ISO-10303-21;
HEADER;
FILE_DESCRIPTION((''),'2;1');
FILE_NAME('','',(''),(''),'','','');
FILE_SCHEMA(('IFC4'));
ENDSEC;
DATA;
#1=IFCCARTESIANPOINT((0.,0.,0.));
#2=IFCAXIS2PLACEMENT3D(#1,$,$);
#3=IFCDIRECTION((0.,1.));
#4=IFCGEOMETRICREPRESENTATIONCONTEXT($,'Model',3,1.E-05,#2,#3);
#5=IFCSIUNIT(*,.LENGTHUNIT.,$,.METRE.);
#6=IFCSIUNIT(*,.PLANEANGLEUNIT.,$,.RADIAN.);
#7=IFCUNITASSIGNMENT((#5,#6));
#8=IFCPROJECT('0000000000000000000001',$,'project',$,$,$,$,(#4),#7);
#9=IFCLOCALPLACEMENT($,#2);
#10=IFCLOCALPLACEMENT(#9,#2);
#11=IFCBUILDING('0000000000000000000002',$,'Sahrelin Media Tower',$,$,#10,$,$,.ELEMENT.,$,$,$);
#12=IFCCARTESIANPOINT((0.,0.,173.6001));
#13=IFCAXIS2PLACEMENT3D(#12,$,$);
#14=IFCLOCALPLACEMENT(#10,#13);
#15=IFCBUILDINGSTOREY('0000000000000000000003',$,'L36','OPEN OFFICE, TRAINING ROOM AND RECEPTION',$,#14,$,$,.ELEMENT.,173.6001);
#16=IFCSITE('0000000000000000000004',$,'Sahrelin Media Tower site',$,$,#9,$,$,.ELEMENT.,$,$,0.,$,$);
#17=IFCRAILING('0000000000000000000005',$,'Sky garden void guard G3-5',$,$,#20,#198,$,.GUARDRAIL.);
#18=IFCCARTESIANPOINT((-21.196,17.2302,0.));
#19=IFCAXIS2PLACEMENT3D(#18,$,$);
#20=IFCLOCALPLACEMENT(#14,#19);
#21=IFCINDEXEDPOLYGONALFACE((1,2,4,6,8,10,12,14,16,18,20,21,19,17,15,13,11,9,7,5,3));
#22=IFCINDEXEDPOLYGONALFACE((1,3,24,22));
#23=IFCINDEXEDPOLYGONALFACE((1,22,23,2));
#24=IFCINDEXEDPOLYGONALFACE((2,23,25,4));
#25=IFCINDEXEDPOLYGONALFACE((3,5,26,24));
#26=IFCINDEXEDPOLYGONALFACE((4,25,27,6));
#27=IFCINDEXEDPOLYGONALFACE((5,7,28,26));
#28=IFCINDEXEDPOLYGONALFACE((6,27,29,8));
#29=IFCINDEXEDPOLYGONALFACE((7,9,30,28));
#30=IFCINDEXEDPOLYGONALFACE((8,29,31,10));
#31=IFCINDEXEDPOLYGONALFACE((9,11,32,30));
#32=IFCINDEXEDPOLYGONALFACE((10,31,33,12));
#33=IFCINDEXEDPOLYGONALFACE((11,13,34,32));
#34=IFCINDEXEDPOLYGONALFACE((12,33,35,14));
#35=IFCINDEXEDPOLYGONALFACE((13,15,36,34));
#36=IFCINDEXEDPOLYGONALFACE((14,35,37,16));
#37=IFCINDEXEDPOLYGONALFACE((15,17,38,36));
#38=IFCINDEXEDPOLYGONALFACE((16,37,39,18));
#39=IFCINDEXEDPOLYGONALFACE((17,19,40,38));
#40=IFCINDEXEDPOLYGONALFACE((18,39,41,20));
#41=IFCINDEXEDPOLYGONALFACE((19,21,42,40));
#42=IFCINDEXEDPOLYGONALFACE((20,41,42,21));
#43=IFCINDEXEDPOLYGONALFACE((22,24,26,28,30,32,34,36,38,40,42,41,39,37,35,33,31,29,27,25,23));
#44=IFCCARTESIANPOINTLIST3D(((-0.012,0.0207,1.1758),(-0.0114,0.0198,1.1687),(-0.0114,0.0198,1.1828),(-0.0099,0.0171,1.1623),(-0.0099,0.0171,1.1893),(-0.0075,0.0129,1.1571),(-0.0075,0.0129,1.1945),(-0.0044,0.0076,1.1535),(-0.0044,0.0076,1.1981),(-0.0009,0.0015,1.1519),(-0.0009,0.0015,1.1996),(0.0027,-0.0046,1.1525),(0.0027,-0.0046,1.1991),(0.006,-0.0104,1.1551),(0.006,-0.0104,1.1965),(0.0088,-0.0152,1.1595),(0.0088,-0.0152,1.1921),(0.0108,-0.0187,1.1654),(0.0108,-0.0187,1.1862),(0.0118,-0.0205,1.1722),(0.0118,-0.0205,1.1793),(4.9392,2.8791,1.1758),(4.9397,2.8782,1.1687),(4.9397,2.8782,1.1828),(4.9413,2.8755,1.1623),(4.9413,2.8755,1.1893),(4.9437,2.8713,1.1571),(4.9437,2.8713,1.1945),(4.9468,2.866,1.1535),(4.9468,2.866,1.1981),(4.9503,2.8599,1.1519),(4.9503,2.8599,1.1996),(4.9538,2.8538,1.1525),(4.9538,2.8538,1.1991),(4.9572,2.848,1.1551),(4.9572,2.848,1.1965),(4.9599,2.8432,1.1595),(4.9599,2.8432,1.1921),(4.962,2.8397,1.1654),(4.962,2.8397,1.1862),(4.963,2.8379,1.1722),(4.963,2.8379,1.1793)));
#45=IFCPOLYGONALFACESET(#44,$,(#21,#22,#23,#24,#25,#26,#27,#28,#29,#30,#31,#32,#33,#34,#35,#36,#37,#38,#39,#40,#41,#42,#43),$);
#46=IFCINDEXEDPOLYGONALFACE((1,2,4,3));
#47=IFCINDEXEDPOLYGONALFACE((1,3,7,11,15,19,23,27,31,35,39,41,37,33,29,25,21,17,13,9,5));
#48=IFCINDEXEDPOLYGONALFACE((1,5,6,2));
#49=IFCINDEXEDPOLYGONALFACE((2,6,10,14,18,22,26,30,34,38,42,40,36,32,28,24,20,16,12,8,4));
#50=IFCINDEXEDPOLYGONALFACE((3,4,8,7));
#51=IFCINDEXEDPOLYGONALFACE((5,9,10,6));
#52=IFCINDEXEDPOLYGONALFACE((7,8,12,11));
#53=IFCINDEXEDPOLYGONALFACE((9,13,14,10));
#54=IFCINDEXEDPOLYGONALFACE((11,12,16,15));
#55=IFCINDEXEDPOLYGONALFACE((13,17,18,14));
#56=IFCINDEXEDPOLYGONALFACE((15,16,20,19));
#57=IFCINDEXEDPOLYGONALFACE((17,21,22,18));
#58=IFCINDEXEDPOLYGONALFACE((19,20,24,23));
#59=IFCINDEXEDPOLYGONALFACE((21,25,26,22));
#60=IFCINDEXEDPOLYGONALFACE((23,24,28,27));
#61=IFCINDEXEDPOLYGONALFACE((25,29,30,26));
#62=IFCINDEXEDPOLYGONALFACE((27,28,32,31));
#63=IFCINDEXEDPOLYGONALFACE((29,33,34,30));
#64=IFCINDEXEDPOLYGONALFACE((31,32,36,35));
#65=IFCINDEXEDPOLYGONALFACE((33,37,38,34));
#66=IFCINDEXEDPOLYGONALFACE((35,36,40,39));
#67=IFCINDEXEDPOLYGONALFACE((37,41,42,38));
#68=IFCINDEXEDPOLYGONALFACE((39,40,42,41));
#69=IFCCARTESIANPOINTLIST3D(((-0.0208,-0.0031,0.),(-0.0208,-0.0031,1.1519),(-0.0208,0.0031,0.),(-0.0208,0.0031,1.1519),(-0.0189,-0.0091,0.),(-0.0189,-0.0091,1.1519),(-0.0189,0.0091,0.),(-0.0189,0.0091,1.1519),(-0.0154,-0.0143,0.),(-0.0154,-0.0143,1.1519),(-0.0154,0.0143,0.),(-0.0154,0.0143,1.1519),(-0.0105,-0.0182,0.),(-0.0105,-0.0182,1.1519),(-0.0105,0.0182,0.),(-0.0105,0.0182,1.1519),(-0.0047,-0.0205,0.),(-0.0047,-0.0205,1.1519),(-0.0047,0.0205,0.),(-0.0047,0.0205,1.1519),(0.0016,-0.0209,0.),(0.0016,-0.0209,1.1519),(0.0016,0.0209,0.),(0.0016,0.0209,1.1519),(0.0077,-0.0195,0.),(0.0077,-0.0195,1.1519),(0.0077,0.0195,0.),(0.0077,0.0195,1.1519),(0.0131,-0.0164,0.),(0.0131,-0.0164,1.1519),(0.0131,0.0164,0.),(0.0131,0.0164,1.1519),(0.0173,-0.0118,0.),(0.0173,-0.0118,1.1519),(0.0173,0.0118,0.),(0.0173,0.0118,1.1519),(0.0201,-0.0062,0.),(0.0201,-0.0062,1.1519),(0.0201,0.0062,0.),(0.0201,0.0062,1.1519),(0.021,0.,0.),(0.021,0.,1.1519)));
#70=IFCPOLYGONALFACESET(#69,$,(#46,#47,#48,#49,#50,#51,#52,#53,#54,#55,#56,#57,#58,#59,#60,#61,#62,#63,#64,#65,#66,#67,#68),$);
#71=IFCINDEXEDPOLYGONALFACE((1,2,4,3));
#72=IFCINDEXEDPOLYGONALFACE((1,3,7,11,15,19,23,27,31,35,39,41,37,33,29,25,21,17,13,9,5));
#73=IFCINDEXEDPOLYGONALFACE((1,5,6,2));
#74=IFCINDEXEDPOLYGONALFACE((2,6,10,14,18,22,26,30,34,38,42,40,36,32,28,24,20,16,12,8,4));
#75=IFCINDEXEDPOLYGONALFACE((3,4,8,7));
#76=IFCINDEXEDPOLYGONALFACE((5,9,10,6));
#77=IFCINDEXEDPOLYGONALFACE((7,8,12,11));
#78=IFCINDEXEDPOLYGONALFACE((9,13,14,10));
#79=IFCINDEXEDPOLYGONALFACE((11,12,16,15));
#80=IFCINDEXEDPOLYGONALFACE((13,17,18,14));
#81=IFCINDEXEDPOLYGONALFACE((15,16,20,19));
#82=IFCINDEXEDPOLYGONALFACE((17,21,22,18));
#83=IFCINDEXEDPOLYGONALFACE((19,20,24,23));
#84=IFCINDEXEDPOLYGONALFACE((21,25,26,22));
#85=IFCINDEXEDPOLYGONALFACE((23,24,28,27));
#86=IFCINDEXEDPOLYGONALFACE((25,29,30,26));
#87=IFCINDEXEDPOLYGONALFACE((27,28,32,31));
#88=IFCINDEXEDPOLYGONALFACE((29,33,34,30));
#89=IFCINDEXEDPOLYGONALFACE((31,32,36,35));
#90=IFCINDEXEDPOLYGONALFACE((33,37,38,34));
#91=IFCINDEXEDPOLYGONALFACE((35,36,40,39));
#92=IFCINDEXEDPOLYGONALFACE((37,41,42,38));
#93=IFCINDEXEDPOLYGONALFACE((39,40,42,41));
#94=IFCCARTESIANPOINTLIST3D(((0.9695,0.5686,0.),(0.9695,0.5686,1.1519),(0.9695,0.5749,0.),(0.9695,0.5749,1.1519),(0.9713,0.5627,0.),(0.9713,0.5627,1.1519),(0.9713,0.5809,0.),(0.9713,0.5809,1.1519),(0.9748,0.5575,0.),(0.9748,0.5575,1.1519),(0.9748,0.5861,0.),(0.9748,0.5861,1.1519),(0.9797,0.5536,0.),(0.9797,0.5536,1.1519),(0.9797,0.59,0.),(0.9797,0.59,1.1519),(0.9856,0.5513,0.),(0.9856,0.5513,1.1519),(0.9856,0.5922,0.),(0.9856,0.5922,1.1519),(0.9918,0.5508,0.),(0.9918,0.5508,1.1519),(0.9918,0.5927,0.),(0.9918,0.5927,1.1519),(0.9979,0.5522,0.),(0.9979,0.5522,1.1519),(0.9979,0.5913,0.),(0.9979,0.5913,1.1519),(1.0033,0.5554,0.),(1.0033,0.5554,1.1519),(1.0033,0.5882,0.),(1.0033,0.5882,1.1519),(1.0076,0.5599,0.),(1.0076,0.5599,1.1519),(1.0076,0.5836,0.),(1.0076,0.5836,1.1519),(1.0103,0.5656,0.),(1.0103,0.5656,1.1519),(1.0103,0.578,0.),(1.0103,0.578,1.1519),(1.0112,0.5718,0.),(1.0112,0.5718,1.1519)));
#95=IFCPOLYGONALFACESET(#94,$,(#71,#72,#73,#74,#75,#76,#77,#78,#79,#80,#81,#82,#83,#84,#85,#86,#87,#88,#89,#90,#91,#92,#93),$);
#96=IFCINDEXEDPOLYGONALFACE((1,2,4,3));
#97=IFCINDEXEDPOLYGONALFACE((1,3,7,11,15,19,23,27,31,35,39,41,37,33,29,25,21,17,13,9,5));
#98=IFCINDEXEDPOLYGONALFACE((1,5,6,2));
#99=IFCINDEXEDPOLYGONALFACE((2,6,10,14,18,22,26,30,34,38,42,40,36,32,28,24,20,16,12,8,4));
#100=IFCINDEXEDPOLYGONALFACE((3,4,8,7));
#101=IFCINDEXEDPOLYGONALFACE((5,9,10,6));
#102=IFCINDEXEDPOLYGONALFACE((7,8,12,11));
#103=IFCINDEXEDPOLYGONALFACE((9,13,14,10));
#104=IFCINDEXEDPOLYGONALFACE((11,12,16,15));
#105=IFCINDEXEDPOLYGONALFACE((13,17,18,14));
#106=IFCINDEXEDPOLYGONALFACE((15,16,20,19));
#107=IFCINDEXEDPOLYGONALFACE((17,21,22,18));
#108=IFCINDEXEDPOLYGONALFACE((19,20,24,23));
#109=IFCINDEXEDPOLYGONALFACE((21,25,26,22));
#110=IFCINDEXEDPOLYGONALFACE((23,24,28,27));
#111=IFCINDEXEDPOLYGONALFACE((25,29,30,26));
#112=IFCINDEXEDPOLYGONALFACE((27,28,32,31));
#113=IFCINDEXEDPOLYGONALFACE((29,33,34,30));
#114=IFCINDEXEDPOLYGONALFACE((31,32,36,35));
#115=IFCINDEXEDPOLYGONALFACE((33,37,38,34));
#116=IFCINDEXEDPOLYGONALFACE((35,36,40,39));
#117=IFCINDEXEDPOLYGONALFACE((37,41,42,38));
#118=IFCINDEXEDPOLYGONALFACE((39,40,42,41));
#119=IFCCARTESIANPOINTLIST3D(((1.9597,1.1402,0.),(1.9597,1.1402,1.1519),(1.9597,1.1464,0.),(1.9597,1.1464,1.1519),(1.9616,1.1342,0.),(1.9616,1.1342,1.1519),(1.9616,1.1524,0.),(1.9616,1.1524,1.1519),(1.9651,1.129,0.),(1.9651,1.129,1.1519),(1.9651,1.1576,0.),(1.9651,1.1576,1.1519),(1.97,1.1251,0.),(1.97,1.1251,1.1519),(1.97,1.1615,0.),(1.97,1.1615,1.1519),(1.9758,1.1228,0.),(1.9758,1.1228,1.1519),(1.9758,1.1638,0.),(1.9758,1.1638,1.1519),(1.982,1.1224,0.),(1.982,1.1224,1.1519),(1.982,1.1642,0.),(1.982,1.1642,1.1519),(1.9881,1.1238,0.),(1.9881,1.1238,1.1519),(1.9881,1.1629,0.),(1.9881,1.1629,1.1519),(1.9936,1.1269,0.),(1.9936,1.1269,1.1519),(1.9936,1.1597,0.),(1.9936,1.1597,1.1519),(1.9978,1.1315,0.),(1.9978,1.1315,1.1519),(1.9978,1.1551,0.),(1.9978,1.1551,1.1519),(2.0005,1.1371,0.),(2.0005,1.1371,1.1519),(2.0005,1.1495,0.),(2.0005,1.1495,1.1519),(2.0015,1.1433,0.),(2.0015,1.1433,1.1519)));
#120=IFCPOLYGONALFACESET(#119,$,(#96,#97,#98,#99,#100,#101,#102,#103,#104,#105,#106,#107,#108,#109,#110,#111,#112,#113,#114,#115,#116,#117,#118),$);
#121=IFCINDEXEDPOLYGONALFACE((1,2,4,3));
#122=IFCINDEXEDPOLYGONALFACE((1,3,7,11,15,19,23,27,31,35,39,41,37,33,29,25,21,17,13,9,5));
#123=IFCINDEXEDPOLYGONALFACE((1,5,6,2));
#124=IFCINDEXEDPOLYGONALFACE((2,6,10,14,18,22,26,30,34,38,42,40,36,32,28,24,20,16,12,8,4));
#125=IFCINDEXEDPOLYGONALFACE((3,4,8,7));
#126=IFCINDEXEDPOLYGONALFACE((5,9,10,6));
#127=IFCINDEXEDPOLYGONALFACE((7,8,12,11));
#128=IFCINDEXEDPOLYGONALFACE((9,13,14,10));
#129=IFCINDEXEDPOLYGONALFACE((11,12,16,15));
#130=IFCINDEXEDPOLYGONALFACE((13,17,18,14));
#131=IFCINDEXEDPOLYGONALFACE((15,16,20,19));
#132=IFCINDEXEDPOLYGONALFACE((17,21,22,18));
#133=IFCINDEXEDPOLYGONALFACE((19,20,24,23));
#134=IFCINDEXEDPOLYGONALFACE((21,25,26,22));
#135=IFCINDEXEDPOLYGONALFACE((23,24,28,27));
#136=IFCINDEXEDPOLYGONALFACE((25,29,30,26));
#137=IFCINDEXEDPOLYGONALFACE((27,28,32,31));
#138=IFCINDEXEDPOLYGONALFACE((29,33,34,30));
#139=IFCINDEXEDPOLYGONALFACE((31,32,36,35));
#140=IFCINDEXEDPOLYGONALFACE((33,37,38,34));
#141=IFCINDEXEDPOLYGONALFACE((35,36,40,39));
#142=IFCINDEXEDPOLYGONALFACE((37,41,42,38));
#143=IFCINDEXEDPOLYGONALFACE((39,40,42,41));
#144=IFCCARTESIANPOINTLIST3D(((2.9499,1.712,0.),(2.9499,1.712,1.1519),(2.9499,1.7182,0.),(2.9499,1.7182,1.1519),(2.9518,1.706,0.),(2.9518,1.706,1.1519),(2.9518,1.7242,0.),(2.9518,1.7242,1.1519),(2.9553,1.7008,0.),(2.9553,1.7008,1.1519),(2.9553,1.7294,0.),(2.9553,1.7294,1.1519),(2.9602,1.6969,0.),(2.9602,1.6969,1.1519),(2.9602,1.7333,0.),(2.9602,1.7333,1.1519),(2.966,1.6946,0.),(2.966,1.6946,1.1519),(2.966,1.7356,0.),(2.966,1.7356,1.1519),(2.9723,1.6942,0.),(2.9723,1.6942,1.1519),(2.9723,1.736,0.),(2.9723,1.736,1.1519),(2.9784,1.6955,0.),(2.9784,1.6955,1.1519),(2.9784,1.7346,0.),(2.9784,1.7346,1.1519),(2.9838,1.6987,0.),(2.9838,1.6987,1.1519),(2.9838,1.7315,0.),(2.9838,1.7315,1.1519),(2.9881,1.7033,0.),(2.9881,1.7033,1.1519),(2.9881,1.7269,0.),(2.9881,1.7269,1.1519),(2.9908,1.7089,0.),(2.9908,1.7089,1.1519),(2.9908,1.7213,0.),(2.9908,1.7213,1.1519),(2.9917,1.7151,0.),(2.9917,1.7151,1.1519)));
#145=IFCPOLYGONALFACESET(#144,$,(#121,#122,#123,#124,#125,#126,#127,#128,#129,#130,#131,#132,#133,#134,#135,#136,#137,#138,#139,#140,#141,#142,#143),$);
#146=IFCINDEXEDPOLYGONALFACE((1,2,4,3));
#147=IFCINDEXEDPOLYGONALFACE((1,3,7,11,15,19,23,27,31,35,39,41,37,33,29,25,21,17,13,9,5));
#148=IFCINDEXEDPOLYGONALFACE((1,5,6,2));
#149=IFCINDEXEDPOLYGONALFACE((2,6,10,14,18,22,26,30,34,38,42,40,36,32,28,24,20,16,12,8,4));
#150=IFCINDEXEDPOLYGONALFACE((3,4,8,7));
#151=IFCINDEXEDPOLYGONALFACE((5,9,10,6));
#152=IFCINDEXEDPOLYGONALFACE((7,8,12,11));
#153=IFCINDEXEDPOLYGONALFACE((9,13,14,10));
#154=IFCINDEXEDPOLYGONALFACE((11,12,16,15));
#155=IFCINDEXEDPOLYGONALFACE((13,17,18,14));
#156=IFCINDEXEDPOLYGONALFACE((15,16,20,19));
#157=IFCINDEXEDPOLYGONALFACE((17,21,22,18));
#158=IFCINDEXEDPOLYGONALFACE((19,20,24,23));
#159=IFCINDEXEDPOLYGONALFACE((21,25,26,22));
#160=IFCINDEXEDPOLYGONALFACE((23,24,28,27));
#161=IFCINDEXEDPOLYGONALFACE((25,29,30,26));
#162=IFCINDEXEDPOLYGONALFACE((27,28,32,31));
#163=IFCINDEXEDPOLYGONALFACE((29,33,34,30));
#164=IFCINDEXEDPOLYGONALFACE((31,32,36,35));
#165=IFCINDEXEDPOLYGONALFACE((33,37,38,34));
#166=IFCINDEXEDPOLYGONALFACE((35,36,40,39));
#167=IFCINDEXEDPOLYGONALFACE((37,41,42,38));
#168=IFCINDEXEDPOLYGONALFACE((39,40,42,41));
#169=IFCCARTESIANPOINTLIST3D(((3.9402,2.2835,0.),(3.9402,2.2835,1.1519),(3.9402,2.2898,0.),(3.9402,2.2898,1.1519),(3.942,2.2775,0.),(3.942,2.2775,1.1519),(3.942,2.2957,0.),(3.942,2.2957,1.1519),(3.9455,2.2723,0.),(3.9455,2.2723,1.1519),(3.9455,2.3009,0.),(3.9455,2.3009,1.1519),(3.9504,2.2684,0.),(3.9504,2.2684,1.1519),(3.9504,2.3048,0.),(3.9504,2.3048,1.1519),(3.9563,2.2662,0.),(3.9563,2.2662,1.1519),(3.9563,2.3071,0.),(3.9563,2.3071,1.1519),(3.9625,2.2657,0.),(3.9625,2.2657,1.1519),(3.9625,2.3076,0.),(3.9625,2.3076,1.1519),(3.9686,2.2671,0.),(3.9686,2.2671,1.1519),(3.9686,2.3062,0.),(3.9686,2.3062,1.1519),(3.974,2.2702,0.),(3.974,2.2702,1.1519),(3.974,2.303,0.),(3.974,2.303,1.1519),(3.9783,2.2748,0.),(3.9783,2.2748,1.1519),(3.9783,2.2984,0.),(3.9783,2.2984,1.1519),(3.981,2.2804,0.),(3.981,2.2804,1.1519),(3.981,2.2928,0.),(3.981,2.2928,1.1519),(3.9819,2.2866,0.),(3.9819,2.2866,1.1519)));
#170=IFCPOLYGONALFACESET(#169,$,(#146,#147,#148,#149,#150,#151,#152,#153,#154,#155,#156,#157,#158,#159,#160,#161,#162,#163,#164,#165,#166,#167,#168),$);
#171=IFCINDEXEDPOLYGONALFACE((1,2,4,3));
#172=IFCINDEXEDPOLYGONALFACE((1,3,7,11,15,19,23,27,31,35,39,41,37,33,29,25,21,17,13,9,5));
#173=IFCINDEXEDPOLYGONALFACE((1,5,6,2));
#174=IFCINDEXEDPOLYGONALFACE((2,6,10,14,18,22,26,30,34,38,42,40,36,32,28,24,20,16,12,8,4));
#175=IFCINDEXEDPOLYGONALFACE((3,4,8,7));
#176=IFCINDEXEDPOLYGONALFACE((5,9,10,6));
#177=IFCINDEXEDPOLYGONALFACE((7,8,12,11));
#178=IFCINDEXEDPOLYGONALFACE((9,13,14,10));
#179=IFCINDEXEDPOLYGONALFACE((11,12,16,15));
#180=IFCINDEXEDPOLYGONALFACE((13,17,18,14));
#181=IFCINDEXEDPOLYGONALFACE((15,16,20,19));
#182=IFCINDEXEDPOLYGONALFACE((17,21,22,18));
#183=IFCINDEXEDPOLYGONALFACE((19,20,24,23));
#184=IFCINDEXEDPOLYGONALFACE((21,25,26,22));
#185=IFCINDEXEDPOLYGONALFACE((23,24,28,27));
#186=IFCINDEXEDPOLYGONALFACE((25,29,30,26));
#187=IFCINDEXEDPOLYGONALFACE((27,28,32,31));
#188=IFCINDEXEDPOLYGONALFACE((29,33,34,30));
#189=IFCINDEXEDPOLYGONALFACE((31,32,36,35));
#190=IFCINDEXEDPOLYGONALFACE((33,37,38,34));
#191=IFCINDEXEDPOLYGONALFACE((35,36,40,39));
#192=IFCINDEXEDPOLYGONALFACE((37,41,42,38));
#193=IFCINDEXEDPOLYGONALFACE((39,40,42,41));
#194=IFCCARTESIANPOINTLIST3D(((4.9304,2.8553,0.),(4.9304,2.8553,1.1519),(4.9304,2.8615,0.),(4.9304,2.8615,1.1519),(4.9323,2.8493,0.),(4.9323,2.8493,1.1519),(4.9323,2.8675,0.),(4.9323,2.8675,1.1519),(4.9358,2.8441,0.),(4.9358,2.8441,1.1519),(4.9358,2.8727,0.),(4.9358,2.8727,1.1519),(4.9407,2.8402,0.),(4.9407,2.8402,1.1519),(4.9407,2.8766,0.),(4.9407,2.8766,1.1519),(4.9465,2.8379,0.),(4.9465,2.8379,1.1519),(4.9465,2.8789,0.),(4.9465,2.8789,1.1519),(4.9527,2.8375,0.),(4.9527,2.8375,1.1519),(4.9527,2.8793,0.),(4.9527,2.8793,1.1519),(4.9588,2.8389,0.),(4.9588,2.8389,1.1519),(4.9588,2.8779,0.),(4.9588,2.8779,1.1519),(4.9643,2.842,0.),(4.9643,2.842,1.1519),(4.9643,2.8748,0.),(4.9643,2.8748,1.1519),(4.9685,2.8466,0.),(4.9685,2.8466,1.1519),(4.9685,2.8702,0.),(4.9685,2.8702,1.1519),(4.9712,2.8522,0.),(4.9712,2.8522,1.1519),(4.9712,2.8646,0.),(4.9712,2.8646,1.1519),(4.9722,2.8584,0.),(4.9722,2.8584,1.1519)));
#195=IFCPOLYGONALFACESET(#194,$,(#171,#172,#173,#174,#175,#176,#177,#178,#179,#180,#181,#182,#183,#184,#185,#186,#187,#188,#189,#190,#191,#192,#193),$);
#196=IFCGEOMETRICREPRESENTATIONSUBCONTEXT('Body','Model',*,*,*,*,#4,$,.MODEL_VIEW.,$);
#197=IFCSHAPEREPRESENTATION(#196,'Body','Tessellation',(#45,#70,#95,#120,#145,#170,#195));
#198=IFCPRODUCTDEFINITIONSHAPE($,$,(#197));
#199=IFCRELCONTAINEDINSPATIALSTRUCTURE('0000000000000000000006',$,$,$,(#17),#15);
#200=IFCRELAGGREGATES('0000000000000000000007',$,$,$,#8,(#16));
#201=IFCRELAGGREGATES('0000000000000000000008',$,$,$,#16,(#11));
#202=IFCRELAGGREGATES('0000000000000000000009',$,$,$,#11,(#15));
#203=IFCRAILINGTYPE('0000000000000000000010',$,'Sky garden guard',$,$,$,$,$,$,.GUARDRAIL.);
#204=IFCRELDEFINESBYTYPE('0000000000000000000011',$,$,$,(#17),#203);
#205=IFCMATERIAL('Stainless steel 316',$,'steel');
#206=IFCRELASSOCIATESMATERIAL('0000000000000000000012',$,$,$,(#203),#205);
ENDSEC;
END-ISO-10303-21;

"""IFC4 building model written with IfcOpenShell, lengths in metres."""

from ifc_helpers import new_model, si_unit, direction, frame, origin, origin_2d, place, context, subcontext, project, spatial, circle, extrude, material, type_object, element, save


model = new_model("IFC4")

# Units and contexts
model_context = context("Model", 3, precision=1e-05, world=origin(), true_north=direction((0.0, 1.0)))
body_context = subcontext(model_context, "Body", "Model", "MODEL_VIEW")
ifc_project = project(units=[si_unit("LENGTHUNIT", "METRE"), si_unit("PLANEANGLEUNIT", "RADIAN")], contexts=[model_context])

# Site, building, storey
site_placement = place(None, origin())
site = spatial("IfcSite", under=ifc_project, at=site_placement, Name="Sahrelin Media Tower site", CompositionType="ELEMENT", RefElevation=0.0)
building_placement = place(site_placement, origin())
building = spatial("IfcBuilding", under=site, at=building_placement, Name="Sahrelin Media Tower", CompositionType="ELEMENT")
storey_placement = place(building_placement, frame((0.0, 0.0, 173.6001)))
storey = spatial("IfcBuildingStorey", under=building, at=storey_placement, Name="L36", Description="OPEN OFFICE, TRAINING ROOM AND RECEPTION", CompositionType="ELEMENT", Elevation=173.6001)

# Railing
ifc_material_1 = material(Name="Stainless steel 316", Category="steel")
railing_type = type_object("IfcRailingType", Name="Sky garden guard", PredefinedType="GUARDRAIL", material=ifc_material_1)
railing_1_placement = place(storey_placement, frame((-21.196, 17.2302, 0.0)))
element("IfcRailing", 1, at=railing_1_placement, inside=storey, type_object=railing_type, Name="Sky garden void guard G3-5", PredefinedType="GUARDRAIL", context=body_context, shape_type="SweptSolid", body=[
    extrude(circle(Radius=0.0239, at=origin_2d()), frame((0.0, 0.0, 1.1758), z_axis=(0.866038, 0.499979, 0.0), x_axis=(-0.499979, 0.866038, 0.0)), (0.0, 0.0, 1.0), 5.717),
    extrude(circle(Radius=0.021, at=origin_2d()), origin(), (0.0, 0.0, 1.0), 1.1519),
    extrude(circle(Radius=0.021, at=origin_2d()), frame((0.9902, 0.5718, 0.0)), (0.0, 0.0, 1.0), 1.1519),
    extrude(circle(Radius=0.021, at=origin_2d()), frame((1.9805, 1.1433, 0.0)), (0.0, 0.0, 1.0), 1.1519),
    extrude(circle(Radius=0.021, at=origin_2d()), frame((2.9707, 1.7151, 0.0)), (0.0, 0.0, 1.0), 1.1519),
    extrude(circle(Radius=0.021, at=origin_2d()), frame((3.9609, 2.2866, 0.0)), (0.0, 0.0, 1.0), 1.1519),
    extrude(circle(Radius=0.021, at=origin_2d()), frame((4.9512, 2.8584, 0.0)), (0.0, 0.0, 1.0), 1.1519),
])

save(model, "model.ifc")
